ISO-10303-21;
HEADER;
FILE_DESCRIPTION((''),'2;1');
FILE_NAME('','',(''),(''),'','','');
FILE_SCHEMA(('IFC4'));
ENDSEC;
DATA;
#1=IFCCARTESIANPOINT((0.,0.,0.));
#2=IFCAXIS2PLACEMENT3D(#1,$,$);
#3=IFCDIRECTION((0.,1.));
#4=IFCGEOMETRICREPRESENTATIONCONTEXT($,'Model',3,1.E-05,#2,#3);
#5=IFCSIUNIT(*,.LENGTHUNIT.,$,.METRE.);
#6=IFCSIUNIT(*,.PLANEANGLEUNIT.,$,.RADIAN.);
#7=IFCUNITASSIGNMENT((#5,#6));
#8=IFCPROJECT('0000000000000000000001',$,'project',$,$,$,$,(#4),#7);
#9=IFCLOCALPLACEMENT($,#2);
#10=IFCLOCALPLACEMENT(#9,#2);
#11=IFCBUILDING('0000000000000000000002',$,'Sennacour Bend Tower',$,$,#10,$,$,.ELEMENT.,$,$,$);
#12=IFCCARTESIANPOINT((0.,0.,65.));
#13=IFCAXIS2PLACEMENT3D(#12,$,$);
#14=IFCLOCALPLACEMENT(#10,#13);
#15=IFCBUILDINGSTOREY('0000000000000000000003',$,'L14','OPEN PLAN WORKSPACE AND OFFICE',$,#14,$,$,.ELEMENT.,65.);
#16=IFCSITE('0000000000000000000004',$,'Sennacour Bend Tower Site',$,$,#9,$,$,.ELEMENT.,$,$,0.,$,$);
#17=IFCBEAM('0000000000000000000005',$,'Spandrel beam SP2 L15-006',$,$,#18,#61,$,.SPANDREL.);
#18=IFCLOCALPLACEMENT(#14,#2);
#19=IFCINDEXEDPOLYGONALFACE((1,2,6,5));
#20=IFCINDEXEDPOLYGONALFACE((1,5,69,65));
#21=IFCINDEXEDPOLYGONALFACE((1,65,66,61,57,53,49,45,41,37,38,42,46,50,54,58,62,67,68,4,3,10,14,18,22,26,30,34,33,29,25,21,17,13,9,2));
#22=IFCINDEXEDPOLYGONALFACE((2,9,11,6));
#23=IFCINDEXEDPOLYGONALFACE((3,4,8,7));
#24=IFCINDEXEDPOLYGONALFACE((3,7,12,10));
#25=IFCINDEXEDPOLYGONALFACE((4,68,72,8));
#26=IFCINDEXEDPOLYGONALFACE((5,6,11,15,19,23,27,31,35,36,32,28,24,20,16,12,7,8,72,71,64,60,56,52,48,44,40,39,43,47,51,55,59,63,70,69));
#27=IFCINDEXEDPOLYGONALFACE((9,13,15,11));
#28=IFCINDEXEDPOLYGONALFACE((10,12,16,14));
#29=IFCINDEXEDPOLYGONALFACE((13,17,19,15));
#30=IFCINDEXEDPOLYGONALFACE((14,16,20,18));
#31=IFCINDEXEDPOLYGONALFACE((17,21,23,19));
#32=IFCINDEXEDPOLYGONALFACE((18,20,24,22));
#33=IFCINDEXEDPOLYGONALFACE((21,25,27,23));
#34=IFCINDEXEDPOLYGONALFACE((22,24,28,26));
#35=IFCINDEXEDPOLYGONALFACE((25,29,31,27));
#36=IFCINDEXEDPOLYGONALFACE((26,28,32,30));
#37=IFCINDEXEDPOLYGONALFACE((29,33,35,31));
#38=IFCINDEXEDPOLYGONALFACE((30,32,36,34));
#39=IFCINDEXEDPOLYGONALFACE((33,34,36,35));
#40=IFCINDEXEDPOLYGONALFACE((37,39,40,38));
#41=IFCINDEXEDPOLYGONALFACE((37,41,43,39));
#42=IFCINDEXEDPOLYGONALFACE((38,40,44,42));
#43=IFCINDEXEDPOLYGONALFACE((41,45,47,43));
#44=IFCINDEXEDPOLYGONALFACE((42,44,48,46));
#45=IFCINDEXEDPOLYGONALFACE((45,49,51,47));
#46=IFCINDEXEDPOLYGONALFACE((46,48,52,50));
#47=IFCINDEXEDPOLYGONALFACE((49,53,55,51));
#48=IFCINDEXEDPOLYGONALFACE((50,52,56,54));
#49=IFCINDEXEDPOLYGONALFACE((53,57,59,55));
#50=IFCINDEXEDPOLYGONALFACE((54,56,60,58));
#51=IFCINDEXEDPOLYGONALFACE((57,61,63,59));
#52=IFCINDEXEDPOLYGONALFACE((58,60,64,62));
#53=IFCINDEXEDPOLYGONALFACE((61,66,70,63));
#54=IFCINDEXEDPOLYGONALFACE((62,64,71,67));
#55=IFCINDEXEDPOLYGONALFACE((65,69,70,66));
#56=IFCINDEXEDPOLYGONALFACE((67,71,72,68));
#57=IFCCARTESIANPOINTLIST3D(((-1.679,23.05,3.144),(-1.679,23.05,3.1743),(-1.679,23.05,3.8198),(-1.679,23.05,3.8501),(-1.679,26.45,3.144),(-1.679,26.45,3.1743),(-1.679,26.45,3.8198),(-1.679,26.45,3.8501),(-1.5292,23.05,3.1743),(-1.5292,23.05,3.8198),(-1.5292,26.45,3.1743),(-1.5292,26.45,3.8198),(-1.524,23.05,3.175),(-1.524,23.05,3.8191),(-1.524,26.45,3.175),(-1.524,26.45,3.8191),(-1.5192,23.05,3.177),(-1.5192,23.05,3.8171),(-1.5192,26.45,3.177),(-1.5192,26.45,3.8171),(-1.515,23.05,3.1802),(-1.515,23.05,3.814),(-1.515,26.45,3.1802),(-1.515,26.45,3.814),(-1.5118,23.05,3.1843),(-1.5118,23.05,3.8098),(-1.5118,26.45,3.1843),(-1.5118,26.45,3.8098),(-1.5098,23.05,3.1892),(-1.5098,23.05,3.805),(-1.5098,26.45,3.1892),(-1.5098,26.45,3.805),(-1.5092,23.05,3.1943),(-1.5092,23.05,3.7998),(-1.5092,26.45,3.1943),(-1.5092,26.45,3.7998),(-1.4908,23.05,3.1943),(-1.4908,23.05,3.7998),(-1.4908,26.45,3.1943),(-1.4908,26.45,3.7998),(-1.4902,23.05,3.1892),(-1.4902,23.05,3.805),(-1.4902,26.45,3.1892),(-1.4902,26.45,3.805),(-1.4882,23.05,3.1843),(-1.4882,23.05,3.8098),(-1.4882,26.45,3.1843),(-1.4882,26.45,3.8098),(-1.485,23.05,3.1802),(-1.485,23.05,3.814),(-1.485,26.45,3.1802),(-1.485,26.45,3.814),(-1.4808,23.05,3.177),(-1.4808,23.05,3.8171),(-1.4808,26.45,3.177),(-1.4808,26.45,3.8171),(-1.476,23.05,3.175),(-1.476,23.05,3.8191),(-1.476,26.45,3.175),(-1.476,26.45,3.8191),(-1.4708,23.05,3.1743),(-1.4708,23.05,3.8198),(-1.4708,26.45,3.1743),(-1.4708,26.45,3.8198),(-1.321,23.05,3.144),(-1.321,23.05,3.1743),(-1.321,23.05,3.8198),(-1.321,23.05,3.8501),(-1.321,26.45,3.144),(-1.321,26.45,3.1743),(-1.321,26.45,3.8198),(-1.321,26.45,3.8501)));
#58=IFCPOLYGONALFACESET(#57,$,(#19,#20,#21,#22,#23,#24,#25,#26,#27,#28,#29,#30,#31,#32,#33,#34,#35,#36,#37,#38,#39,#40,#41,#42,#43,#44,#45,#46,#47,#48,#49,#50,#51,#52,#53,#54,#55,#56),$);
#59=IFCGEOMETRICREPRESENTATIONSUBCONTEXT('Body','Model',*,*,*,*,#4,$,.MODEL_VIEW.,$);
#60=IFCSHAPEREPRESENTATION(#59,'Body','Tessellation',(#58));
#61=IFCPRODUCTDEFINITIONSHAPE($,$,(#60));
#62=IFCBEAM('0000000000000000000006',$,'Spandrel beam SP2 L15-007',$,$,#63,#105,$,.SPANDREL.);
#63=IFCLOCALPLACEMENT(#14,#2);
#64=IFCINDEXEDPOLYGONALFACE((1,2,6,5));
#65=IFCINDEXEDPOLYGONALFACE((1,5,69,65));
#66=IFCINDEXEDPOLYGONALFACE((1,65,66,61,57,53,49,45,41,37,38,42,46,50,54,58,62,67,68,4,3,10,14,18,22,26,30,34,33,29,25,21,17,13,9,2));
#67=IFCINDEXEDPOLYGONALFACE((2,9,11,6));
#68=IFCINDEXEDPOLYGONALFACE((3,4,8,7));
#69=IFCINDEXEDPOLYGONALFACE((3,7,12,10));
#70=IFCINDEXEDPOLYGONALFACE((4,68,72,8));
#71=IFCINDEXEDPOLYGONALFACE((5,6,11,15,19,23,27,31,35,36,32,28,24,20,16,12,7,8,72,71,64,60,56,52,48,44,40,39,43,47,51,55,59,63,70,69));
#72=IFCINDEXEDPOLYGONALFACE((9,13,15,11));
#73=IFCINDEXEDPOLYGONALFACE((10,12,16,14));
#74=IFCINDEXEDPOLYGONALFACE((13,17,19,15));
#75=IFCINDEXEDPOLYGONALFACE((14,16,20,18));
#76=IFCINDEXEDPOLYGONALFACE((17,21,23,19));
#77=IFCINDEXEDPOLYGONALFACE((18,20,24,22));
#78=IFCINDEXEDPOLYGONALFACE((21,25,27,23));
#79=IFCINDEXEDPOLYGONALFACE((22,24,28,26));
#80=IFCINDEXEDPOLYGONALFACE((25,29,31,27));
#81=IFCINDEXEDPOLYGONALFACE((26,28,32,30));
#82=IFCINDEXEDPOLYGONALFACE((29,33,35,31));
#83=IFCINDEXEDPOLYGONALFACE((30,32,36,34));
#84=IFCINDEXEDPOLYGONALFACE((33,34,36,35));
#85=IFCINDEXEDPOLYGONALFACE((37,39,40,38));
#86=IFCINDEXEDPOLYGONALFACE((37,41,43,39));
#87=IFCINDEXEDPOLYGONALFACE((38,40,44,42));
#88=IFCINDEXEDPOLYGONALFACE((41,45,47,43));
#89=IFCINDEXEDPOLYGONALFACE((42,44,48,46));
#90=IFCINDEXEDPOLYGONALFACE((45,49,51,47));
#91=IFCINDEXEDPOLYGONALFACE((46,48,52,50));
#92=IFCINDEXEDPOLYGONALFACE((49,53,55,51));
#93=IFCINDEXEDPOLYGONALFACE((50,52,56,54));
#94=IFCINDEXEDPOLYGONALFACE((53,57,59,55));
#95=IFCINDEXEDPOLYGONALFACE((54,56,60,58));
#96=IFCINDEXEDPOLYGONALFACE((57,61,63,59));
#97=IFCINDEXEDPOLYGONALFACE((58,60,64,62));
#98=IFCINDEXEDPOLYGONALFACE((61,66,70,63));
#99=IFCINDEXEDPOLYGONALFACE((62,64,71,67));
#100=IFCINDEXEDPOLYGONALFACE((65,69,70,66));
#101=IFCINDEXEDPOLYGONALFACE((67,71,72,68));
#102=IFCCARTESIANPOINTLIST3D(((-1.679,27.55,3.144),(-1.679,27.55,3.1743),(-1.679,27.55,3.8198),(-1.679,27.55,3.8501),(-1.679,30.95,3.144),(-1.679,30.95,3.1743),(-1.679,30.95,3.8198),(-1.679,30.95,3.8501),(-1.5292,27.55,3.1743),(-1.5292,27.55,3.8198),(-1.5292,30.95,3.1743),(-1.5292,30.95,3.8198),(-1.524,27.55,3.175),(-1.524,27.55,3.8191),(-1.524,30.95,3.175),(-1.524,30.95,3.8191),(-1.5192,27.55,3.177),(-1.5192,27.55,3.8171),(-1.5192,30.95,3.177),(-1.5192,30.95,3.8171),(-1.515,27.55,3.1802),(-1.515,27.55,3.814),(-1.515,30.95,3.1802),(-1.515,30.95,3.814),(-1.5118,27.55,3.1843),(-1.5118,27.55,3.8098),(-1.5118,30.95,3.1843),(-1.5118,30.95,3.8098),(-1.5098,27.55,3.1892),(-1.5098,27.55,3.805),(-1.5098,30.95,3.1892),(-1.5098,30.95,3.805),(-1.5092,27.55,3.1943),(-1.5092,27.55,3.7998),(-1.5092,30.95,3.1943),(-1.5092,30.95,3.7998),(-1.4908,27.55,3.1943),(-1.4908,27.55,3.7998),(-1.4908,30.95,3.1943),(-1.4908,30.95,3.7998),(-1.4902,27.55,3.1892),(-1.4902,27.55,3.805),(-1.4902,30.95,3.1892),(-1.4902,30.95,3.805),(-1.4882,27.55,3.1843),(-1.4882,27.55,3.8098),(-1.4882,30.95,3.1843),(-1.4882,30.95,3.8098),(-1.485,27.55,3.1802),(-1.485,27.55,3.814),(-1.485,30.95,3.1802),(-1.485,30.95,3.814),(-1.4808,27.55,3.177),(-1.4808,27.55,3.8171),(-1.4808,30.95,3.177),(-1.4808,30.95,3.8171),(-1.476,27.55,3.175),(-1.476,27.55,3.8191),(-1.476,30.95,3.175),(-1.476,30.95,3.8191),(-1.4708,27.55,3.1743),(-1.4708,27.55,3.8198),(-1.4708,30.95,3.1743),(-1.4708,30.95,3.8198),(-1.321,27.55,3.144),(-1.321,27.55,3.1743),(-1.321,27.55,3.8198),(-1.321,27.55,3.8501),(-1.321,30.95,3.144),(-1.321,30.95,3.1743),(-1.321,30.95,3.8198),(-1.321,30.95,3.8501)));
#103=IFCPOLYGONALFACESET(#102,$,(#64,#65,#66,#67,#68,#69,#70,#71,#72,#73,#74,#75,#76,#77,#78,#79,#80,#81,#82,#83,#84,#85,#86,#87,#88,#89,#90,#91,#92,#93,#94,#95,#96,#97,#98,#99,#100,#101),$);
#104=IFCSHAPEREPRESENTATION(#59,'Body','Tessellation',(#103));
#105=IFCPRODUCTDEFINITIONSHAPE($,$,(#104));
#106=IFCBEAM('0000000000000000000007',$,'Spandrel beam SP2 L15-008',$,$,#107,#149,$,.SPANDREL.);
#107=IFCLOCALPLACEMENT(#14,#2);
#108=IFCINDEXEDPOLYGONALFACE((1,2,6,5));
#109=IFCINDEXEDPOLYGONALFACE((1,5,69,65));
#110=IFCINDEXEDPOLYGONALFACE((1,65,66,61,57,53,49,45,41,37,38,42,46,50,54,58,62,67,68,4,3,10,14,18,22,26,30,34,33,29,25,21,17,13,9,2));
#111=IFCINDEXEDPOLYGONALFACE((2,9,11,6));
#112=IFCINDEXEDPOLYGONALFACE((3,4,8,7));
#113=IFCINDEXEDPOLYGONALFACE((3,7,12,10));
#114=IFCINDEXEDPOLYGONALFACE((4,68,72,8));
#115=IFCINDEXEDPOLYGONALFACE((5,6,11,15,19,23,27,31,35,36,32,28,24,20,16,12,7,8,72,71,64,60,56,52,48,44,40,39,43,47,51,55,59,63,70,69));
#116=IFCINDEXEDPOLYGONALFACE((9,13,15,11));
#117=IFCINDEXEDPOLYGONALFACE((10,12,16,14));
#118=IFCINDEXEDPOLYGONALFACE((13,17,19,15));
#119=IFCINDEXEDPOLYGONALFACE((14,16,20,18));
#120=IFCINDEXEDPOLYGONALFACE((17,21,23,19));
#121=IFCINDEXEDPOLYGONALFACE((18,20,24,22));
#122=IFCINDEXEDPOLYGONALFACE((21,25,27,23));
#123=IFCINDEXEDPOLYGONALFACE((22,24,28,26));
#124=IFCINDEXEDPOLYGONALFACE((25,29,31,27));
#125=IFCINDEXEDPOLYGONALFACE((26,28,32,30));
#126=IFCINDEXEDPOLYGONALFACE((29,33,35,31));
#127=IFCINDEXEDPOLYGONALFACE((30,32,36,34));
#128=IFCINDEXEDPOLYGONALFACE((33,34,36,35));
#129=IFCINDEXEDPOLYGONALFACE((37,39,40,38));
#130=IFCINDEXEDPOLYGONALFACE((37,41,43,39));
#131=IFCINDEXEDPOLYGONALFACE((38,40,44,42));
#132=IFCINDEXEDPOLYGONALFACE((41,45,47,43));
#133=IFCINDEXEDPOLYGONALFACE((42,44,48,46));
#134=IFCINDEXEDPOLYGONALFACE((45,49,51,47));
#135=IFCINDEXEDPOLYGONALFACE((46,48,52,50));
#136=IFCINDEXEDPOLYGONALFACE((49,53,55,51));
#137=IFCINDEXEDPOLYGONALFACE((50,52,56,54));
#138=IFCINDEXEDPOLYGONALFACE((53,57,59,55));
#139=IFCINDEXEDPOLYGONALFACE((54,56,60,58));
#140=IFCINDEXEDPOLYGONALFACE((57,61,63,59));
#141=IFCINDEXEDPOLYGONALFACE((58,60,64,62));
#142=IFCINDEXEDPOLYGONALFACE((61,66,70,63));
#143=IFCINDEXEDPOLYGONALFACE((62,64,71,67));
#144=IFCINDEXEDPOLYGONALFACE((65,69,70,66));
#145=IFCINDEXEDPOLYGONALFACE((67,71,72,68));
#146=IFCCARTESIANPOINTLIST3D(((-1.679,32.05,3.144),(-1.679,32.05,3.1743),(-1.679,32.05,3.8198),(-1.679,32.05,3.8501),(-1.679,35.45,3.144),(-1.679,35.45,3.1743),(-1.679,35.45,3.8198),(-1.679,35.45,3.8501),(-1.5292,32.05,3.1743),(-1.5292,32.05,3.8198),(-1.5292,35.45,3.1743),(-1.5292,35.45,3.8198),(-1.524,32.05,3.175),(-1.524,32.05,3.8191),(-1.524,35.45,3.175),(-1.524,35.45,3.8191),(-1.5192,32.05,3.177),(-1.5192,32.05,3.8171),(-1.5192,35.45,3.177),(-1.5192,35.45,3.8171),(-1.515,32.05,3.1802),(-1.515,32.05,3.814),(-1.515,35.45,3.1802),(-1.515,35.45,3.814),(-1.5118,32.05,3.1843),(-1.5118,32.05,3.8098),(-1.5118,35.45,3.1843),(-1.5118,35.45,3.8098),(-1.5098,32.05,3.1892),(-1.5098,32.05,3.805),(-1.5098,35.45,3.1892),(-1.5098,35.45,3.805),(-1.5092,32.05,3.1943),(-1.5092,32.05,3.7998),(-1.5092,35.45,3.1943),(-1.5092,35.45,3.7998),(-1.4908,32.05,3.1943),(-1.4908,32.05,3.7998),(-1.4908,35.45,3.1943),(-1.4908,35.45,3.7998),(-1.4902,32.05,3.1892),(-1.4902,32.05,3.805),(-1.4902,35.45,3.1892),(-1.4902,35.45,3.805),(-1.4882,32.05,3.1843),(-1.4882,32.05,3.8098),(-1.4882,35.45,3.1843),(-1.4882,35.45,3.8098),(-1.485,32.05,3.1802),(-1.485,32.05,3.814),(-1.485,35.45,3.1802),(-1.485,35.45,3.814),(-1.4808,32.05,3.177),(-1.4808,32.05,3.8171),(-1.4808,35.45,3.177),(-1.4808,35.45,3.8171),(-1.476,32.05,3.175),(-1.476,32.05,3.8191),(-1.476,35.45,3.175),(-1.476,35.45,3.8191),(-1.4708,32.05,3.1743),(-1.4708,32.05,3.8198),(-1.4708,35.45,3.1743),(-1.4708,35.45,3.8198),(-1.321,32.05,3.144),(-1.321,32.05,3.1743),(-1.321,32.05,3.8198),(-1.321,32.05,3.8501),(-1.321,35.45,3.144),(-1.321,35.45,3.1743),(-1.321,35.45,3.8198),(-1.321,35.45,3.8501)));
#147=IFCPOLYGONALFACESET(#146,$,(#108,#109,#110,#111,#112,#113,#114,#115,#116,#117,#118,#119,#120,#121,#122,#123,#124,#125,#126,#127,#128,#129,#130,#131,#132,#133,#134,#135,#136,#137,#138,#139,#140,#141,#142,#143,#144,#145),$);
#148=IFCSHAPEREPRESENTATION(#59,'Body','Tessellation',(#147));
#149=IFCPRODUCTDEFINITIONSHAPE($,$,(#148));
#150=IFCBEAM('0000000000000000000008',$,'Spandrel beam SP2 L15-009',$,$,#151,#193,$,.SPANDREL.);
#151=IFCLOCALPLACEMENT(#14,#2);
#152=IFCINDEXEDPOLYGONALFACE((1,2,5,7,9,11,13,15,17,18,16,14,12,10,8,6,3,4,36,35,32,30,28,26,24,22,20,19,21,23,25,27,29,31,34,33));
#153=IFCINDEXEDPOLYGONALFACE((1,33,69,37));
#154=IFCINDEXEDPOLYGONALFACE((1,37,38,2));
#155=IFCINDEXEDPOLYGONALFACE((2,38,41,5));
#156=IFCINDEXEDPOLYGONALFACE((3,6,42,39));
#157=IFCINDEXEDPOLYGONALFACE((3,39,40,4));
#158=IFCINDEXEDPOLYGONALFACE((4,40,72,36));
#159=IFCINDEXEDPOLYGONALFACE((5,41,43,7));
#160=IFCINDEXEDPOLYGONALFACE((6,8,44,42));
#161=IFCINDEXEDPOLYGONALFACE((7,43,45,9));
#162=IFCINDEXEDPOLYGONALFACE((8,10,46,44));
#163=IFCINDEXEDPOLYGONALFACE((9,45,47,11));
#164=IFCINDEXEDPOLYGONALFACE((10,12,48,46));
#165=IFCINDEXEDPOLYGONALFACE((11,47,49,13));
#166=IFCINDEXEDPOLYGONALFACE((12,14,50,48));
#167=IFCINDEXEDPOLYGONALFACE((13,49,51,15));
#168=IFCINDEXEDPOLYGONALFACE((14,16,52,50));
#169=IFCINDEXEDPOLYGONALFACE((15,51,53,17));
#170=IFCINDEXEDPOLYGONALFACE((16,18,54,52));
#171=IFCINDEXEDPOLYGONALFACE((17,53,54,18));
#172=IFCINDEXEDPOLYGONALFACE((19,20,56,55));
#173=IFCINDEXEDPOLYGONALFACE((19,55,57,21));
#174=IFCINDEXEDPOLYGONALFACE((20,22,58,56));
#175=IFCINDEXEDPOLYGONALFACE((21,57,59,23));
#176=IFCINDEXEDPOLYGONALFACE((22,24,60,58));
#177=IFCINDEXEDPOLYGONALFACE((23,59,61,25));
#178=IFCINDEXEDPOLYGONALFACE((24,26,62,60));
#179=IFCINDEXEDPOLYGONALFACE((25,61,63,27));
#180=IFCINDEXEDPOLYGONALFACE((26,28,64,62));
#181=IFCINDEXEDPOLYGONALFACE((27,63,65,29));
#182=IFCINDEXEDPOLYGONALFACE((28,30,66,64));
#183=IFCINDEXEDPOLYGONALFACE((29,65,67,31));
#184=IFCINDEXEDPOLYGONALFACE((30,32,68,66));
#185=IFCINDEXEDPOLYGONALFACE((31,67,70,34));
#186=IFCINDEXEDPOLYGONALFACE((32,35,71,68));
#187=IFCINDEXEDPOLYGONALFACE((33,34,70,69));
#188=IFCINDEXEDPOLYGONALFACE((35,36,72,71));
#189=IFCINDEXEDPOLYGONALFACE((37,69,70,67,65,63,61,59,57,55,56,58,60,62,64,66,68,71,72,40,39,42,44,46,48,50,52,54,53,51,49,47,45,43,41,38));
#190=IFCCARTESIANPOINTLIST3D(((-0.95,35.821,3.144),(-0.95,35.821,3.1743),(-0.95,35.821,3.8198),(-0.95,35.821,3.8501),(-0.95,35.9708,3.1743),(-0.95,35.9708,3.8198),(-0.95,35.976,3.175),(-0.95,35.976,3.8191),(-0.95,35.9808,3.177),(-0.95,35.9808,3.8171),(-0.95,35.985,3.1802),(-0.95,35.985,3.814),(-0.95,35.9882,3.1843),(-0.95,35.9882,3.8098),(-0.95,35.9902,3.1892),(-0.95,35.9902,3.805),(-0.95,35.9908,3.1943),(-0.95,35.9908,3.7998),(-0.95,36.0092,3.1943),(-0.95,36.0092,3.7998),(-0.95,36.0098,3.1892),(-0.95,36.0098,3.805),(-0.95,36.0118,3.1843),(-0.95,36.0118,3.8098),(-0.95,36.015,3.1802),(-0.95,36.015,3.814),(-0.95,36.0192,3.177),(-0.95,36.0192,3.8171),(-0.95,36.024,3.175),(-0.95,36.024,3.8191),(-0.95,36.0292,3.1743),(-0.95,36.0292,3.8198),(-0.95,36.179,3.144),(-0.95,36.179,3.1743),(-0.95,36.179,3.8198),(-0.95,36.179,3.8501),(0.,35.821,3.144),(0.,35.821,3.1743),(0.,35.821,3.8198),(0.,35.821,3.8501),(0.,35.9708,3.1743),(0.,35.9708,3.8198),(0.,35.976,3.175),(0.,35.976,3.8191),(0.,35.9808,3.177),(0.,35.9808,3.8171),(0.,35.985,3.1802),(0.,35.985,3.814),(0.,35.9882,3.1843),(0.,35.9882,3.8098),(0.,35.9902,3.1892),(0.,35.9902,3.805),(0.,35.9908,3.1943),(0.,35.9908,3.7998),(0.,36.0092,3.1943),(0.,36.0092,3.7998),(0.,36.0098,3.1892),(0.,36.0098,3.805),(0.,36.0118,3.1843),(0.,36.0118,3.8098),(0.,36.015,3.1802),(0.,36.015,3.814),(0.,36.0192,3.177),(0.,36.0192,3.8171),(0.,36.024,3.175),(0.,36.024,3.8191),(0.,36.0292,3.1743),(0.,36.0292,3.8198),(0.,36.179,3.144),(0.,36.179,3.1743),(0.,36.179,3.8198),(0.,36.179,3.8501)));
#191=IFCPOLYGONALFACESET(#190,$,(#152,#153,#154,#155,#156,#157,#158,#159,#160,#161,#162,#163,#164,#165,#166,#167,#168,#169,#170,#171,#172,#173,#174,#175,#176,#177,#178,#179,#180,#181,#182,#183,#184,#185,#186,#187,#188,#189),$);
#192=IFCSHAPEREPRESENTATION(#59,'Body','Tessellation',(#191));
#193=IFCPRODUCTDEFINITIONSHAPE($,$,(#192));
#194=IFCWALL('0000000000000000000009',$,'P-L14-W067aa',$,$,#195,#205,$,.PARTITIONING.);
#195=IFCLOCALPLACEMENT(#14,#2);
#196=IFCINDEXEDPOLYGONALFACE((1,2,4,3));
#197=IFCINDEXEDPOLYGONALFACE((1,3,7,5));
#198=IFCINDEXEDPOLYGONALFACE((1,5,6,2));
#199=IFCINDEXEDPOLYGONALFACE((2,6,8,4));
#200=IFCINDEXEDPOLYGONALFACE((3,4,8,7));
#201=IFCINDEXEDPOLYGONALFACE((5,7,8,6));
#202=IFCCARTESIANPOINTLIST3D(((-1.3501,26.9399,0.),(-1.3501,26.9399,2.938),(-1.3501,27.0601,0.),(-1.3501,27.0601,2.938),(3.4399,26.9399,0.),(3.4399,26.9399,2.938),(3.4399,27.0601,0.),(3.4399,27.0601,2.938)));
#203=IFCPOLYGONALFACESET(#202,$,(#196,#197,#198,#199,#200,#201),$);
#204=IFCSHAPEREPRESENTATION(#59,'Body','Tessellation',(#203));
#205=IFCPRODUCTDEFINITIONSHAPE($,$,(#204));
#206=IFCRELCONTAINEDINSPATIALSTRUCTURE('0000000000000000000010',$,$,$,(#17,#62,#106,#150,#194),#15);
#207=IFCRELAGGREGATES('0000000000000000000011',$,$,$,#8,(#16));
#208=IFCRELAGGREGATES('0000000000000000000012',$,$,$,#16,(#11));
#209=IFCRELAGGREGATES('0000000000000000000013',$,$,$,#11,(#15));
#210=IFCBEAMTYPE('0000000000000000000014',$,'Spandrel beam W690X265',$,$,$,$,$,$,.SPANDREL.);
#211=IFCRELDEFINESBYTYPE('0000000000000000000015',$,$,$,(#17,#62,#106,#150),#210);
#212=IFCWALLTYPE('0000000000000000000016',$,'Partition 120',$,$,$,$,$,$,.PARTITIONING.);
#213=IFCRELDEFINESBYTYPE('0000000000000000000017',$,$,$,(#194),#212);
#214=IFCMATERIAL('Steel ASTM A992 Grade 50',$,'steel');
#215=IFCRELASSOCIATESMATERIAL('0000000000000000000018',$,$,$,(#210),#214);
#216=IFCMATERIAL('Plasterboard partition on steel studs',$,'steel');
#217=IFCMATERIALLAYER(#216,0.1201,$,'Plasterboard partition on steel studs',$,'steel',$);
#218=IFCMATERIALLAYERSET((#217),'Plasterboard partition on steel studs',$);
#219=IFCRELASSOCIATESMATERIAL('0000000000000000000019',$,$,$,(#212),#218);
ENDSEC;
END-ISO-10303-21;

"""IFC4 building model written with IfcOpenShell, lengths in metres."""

from ifc_helpers import new_model, si_unit, direction, frame, frame_2d, origin, origin_2d, place, context, subcontext, project, spatial, rectangle, i_section, extrude, material, layer, layer_set, material_profile, profile_set, type_object, element, save


model = new_model("IFC4")

# Units and contexts
model_context = context("Model", 3, precision=1e-05, world=origin(), true_north=direction((0.0, 1.0)))
body_context = subcontext(model_context, "Body", "Model", "MODEL_VIEW")
ifc_project = project(units=[si_unit("LENGTHUNIT", "METRE"), si_unit("PLANEANGLEUNIT", "RADIAN")], contexts=[model_context])

# Site, building, storey
site_placement = place(None, origin())
site = spatial("IfcSite", under=ifc_project, at=site_placement, Name="Sennacour Bend Tower Site", CompositionType="ELEMENT", RefElevation=0.0)
building_placement = place(site_placement, origin())
building = spatial("IfcBuilding", under=site, at=building_placement, Name="Sennacour Bend Tower", CompositionType="ELEMENT")
storey_placement = place(building_placement, frame((0.0, 0.0, 65.0)))
storey = spatial("IfcBuildingStorey", under=building, at=storey_placement, Name="L14", Description="OPEN PLAN WORKSPACE AND OFFICE", CompositionType="ELEMENT", Elevation=65.0)

# Beams
ifc_material_1 = material(Name="Steel ASTM A992 Grade 50", Category="steel")
ifc_material_profile_1 = material_profile(ifc_material_1, i_section(OverallWidth=0.3579, OverallDepth=0.7061, WebThickness=0.0183, FlangeThickness=0.0303, FilletRadius=0.02, at=origin_2d()), Name="Steel ASTM A992 Grade 50", Category="steel")
ifc_profile_set_1 = profile_set([ifc_material_profile_1], Name="Steel ASTM A992 Grade 50")
beam_type_1 = type_object("IfcBeamType", Name="Spandrel beam W690X265", PredefinedType="SPANDREL", material=ifc_profile_set_1)
for number, where, z_axis, x_axis, name in (
    (1, (-1.5, 23.05, 3.4971), (0.0, 1.0, 0.0), (-1.0, 0.0, 0.0), "Spandrel beam SP2 L15-006"),
    (2, (-1.5, 27.55, 3.4971), (0.0, 1.0, 0.0), (-1.0, 0.0, 0.0), "Spandrel beam SP2 L15-007"),
    (3, (-1.5, 32.05, 3.4971), (0.0, 1.0, 0.0), (-1.0, 0.0, 0.0), "Spandrel beam SP2 L15-008"),
):
    element("IfcBeam", number, at=place(storey_placement, frame(where, z_axis=z_axis, x_axis=x_axis)), inside=storey, type_object=beam_type_1, Name=name, PredefinedType="SPANDREL", context=body_context, shape_type="SweptSolid", body=[
        extrude(i_section(OverallWidth=0.3579, OverallDepth=0.7061, WebThickness=0.0183, FlangeThickness=0.0303, FilletRadius=0.02, at=origin_2d()), origin(), (0.0, 0.0, 1.0), 3.3999),
    ])
beam_1_placement = place(storey_placement, frame((-0.95, 36.0, 3.4971), z_axis=(1.0, 0.0, 0.0), x_axis=(0.0, 1.0, 0.0)))
element("IfcBeam", 4, at=beam_1_placement, inside=storey, type_object=beam_type_1, Name="Spandrel beam SP2 L15-009", PredefinedType="SPANDREL", context=body_context, shape_type="SweptSolid", body=[
    extrude(i_section(OverallWidth=0.3579, OverallDepth=0.7061, WebThickness=0.0183, FlangeThickness=0.0303, FilletRadius=0.02, at=origin_2d()), origin(), (0.0, 0.0, 1.0), 0.95),
])

# Wall
ifc_material_2 = material(Name="Plasterboard partition on steel studs", Category="steel")
ifc_layer_1 = layer(ifc_material_2, 0.1201, Name="Plasterboard partition on steel studs", Category="steel")
ifc_layer_set_1 = layer_set([ifc_layer_1], Name="Plasterboard partition on steel studs")
wall_type_1 = type_object("IfcWallType", Name="Partition 120", PredefinedType="PARTITIONING", material=ifc_layer_set_1)
wall_1_placement = place(storey_placement, frame((-1.3501, 27.0, 0.0), z_axis=(0.0, 0.0, 1.0), x_axis=(1.0, 0.0, 0.0)))
element("IfcWall", 5, at=wall_1_placement, inside=storey, type_object=wall_type_1, Name="P-L14-W067aa", PredefinedType="PARTITIONING", context=body_context, shape_type="SweptSolid", body=[
    extrude(rectangle(XDim=4.79, YDim=0.1201, at=frame_2d((2.395, 0.0))), origin(), (0.0, 0.0, 1.0), 2.938),
])

save(model, "model.ifc")
